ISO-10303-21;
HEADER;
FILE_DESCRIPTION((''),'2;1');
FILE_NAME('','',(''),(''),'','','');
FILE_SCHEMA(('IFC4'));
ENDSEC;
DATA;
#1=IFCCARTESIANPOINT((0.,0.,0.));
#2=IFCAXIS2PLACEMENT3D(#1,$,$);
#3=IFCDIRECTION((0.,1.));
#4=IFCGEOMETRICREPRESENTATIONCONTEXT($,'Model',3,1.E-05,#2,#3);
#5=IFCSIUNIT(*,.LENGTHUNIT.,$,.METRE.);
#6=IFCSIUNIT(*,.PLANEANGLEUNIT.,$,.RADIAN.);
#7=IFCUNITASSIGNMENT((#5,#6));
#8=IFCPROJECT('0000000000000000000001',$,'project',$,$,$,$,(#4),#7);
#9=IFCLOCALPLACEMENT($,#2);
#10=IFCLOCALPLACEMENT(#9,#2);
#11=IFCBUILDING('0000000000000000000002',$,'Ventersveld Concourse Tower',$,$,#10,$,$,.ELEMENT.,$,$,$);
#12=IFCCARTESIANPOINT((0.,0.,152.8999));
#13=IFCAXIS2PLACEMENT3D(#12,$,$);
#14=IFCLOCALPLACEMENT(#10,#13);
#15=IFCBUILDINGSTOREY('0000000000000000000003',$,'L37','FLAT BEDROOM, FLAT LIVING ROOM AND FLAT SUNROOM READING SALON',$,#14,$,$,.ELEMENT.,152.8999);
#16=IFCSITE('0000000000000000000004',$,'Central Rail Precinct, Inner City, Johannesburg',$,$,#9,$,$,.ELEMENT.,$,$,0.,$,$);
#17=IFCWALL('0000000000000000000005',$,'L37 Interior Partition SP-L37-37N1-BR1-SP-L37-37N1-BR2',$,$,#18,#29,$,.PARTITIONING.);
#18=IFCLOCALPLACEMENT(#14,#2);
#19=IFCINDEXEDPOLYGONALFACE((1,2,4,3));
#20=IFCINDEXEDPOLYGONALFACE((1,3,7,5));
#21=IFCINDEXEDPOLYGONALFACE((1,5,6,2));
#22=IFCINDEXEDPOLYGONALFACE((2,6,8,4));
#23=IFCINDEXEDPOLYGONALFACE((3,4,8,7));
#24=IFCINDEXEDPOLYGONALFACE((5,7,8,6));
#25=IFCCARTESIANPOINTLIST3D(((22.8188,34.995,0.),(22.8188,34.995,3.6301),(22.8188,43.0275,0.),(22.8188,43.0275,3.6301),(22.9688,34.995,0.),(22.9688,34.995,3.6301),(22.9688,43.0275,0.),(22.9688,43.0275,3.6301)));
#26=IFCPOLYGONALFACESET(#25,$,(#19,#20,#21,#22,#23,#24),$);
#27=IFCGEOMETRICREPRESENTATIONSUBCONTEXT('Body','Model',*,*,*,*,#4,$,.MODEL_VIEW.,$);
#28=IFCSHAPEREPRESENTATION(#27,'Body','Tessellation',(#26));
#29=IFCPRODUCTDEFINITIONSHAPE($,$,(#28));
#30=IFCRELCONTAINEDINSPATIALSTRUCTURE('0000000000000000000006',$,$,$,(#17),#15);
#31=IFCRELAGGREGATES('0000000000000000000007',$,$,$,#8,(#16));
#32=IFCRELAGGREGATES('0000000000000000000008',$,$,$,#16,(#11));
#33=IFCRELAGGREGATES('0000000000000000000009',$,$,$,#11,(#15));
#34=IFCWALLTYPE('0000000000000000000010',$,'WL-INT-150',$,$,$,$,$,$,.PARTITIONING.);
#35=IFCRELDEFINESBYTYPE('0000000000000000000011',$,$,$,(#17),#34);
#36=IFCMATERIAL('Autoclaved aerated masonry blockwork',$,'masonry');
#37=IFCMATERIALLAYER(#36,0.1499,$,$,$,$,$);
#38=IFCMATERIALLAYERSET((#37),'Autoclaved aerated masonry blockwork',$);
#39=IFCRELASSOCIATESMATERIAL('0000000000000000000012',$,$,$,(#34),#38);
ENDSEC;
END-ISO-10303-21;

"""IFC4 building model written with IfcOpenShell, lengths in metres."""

from ifc_helpers import new_model, si_unit, direction, frame, frame_2d, origin, place, context, subcontext, project, spatial, rectangle, extrude, material, layer, layer_set, type_object, element, save


model = new_model("IFC4")

# Units and contexts
model_context = context("Model", 3, precision=1e-05, world=origin(), true_north=direction((0.0, 1.0)))
body_context = subcontext(model_context, "Body", "Model", "MODEL_VIEW")
ifc_project = project(units=[si_unit("LENGTHUNIT", "METRE"), si_unit("PLANEANGLEUNIT", "RADIAN")], contexts=[model_context])

# Site, building, storey
site_placement = place(None, origin())
site = spatial("IfcSite", under=ifc_project, at=site_placement, Name="Central Rail Precinct, Inner City, Johannesburg", CompositionType="ELEMENT", RefElevation=0.0)
building_placement = place(site_placement, origin())
building = spatial("IfcBuilding", under=site, at=building_placement, Name="Ventersveld Concourse Tower", CompositionType="ELEMENT")
storey_placement = place(building_placement, frame((0.0, 0.0, 152.8999)))
storey = spatial("IfcBuildingStorey", under=building, at=storey_placement, Name="L37", Description="FLAT BEDROOM, FLAT LIVING ROOM AND FLAT SUNROOM READING SALON", CompositionType="ELEMENT", Elevation=152.8999)

# Shared definitions
ifc_material_1 = material(Name="Autoclaved aerated masonry blockwork", Category="masonry")
ifc_layer_1 = layer(ifc_material_1, 0.1499)
ifc_layer_set_1 = layer_set([ifc_layer_1], Name="Autoclaved aerated masonry blockwork")
wall_type_1 = type_object("IfcWallType", Name="WL-INT-150", PredefinedType="PARTITIONING", material=ifc_layer_set_1)

# Wall
wall_1_placement = place(storey_placement, frame((22.8938, 34.9951, 0.0), z_axis=(0.0, 0.0, 1.0), x_axis=(0.0, 1.0, 0.0)))
element("IfcWall", 1, at=wall_1_placement, inside=storey, type_object=wall_type_1, Name="L37 Interior Partition SP-L37-37N1-BR1-SP-L37-37N1-BR2", PredefinedType="PARTITIONING", context=body_context, shape_type="SweptSolid", body=[
    extrude(rectangle(XDim=8.0325, YDim=0.1499, at=frame_2d((4.0161, 0.0))), origin(), (0.0, 0.0, 1.0), 3.6301),
])

save(model, "model.ifc")
